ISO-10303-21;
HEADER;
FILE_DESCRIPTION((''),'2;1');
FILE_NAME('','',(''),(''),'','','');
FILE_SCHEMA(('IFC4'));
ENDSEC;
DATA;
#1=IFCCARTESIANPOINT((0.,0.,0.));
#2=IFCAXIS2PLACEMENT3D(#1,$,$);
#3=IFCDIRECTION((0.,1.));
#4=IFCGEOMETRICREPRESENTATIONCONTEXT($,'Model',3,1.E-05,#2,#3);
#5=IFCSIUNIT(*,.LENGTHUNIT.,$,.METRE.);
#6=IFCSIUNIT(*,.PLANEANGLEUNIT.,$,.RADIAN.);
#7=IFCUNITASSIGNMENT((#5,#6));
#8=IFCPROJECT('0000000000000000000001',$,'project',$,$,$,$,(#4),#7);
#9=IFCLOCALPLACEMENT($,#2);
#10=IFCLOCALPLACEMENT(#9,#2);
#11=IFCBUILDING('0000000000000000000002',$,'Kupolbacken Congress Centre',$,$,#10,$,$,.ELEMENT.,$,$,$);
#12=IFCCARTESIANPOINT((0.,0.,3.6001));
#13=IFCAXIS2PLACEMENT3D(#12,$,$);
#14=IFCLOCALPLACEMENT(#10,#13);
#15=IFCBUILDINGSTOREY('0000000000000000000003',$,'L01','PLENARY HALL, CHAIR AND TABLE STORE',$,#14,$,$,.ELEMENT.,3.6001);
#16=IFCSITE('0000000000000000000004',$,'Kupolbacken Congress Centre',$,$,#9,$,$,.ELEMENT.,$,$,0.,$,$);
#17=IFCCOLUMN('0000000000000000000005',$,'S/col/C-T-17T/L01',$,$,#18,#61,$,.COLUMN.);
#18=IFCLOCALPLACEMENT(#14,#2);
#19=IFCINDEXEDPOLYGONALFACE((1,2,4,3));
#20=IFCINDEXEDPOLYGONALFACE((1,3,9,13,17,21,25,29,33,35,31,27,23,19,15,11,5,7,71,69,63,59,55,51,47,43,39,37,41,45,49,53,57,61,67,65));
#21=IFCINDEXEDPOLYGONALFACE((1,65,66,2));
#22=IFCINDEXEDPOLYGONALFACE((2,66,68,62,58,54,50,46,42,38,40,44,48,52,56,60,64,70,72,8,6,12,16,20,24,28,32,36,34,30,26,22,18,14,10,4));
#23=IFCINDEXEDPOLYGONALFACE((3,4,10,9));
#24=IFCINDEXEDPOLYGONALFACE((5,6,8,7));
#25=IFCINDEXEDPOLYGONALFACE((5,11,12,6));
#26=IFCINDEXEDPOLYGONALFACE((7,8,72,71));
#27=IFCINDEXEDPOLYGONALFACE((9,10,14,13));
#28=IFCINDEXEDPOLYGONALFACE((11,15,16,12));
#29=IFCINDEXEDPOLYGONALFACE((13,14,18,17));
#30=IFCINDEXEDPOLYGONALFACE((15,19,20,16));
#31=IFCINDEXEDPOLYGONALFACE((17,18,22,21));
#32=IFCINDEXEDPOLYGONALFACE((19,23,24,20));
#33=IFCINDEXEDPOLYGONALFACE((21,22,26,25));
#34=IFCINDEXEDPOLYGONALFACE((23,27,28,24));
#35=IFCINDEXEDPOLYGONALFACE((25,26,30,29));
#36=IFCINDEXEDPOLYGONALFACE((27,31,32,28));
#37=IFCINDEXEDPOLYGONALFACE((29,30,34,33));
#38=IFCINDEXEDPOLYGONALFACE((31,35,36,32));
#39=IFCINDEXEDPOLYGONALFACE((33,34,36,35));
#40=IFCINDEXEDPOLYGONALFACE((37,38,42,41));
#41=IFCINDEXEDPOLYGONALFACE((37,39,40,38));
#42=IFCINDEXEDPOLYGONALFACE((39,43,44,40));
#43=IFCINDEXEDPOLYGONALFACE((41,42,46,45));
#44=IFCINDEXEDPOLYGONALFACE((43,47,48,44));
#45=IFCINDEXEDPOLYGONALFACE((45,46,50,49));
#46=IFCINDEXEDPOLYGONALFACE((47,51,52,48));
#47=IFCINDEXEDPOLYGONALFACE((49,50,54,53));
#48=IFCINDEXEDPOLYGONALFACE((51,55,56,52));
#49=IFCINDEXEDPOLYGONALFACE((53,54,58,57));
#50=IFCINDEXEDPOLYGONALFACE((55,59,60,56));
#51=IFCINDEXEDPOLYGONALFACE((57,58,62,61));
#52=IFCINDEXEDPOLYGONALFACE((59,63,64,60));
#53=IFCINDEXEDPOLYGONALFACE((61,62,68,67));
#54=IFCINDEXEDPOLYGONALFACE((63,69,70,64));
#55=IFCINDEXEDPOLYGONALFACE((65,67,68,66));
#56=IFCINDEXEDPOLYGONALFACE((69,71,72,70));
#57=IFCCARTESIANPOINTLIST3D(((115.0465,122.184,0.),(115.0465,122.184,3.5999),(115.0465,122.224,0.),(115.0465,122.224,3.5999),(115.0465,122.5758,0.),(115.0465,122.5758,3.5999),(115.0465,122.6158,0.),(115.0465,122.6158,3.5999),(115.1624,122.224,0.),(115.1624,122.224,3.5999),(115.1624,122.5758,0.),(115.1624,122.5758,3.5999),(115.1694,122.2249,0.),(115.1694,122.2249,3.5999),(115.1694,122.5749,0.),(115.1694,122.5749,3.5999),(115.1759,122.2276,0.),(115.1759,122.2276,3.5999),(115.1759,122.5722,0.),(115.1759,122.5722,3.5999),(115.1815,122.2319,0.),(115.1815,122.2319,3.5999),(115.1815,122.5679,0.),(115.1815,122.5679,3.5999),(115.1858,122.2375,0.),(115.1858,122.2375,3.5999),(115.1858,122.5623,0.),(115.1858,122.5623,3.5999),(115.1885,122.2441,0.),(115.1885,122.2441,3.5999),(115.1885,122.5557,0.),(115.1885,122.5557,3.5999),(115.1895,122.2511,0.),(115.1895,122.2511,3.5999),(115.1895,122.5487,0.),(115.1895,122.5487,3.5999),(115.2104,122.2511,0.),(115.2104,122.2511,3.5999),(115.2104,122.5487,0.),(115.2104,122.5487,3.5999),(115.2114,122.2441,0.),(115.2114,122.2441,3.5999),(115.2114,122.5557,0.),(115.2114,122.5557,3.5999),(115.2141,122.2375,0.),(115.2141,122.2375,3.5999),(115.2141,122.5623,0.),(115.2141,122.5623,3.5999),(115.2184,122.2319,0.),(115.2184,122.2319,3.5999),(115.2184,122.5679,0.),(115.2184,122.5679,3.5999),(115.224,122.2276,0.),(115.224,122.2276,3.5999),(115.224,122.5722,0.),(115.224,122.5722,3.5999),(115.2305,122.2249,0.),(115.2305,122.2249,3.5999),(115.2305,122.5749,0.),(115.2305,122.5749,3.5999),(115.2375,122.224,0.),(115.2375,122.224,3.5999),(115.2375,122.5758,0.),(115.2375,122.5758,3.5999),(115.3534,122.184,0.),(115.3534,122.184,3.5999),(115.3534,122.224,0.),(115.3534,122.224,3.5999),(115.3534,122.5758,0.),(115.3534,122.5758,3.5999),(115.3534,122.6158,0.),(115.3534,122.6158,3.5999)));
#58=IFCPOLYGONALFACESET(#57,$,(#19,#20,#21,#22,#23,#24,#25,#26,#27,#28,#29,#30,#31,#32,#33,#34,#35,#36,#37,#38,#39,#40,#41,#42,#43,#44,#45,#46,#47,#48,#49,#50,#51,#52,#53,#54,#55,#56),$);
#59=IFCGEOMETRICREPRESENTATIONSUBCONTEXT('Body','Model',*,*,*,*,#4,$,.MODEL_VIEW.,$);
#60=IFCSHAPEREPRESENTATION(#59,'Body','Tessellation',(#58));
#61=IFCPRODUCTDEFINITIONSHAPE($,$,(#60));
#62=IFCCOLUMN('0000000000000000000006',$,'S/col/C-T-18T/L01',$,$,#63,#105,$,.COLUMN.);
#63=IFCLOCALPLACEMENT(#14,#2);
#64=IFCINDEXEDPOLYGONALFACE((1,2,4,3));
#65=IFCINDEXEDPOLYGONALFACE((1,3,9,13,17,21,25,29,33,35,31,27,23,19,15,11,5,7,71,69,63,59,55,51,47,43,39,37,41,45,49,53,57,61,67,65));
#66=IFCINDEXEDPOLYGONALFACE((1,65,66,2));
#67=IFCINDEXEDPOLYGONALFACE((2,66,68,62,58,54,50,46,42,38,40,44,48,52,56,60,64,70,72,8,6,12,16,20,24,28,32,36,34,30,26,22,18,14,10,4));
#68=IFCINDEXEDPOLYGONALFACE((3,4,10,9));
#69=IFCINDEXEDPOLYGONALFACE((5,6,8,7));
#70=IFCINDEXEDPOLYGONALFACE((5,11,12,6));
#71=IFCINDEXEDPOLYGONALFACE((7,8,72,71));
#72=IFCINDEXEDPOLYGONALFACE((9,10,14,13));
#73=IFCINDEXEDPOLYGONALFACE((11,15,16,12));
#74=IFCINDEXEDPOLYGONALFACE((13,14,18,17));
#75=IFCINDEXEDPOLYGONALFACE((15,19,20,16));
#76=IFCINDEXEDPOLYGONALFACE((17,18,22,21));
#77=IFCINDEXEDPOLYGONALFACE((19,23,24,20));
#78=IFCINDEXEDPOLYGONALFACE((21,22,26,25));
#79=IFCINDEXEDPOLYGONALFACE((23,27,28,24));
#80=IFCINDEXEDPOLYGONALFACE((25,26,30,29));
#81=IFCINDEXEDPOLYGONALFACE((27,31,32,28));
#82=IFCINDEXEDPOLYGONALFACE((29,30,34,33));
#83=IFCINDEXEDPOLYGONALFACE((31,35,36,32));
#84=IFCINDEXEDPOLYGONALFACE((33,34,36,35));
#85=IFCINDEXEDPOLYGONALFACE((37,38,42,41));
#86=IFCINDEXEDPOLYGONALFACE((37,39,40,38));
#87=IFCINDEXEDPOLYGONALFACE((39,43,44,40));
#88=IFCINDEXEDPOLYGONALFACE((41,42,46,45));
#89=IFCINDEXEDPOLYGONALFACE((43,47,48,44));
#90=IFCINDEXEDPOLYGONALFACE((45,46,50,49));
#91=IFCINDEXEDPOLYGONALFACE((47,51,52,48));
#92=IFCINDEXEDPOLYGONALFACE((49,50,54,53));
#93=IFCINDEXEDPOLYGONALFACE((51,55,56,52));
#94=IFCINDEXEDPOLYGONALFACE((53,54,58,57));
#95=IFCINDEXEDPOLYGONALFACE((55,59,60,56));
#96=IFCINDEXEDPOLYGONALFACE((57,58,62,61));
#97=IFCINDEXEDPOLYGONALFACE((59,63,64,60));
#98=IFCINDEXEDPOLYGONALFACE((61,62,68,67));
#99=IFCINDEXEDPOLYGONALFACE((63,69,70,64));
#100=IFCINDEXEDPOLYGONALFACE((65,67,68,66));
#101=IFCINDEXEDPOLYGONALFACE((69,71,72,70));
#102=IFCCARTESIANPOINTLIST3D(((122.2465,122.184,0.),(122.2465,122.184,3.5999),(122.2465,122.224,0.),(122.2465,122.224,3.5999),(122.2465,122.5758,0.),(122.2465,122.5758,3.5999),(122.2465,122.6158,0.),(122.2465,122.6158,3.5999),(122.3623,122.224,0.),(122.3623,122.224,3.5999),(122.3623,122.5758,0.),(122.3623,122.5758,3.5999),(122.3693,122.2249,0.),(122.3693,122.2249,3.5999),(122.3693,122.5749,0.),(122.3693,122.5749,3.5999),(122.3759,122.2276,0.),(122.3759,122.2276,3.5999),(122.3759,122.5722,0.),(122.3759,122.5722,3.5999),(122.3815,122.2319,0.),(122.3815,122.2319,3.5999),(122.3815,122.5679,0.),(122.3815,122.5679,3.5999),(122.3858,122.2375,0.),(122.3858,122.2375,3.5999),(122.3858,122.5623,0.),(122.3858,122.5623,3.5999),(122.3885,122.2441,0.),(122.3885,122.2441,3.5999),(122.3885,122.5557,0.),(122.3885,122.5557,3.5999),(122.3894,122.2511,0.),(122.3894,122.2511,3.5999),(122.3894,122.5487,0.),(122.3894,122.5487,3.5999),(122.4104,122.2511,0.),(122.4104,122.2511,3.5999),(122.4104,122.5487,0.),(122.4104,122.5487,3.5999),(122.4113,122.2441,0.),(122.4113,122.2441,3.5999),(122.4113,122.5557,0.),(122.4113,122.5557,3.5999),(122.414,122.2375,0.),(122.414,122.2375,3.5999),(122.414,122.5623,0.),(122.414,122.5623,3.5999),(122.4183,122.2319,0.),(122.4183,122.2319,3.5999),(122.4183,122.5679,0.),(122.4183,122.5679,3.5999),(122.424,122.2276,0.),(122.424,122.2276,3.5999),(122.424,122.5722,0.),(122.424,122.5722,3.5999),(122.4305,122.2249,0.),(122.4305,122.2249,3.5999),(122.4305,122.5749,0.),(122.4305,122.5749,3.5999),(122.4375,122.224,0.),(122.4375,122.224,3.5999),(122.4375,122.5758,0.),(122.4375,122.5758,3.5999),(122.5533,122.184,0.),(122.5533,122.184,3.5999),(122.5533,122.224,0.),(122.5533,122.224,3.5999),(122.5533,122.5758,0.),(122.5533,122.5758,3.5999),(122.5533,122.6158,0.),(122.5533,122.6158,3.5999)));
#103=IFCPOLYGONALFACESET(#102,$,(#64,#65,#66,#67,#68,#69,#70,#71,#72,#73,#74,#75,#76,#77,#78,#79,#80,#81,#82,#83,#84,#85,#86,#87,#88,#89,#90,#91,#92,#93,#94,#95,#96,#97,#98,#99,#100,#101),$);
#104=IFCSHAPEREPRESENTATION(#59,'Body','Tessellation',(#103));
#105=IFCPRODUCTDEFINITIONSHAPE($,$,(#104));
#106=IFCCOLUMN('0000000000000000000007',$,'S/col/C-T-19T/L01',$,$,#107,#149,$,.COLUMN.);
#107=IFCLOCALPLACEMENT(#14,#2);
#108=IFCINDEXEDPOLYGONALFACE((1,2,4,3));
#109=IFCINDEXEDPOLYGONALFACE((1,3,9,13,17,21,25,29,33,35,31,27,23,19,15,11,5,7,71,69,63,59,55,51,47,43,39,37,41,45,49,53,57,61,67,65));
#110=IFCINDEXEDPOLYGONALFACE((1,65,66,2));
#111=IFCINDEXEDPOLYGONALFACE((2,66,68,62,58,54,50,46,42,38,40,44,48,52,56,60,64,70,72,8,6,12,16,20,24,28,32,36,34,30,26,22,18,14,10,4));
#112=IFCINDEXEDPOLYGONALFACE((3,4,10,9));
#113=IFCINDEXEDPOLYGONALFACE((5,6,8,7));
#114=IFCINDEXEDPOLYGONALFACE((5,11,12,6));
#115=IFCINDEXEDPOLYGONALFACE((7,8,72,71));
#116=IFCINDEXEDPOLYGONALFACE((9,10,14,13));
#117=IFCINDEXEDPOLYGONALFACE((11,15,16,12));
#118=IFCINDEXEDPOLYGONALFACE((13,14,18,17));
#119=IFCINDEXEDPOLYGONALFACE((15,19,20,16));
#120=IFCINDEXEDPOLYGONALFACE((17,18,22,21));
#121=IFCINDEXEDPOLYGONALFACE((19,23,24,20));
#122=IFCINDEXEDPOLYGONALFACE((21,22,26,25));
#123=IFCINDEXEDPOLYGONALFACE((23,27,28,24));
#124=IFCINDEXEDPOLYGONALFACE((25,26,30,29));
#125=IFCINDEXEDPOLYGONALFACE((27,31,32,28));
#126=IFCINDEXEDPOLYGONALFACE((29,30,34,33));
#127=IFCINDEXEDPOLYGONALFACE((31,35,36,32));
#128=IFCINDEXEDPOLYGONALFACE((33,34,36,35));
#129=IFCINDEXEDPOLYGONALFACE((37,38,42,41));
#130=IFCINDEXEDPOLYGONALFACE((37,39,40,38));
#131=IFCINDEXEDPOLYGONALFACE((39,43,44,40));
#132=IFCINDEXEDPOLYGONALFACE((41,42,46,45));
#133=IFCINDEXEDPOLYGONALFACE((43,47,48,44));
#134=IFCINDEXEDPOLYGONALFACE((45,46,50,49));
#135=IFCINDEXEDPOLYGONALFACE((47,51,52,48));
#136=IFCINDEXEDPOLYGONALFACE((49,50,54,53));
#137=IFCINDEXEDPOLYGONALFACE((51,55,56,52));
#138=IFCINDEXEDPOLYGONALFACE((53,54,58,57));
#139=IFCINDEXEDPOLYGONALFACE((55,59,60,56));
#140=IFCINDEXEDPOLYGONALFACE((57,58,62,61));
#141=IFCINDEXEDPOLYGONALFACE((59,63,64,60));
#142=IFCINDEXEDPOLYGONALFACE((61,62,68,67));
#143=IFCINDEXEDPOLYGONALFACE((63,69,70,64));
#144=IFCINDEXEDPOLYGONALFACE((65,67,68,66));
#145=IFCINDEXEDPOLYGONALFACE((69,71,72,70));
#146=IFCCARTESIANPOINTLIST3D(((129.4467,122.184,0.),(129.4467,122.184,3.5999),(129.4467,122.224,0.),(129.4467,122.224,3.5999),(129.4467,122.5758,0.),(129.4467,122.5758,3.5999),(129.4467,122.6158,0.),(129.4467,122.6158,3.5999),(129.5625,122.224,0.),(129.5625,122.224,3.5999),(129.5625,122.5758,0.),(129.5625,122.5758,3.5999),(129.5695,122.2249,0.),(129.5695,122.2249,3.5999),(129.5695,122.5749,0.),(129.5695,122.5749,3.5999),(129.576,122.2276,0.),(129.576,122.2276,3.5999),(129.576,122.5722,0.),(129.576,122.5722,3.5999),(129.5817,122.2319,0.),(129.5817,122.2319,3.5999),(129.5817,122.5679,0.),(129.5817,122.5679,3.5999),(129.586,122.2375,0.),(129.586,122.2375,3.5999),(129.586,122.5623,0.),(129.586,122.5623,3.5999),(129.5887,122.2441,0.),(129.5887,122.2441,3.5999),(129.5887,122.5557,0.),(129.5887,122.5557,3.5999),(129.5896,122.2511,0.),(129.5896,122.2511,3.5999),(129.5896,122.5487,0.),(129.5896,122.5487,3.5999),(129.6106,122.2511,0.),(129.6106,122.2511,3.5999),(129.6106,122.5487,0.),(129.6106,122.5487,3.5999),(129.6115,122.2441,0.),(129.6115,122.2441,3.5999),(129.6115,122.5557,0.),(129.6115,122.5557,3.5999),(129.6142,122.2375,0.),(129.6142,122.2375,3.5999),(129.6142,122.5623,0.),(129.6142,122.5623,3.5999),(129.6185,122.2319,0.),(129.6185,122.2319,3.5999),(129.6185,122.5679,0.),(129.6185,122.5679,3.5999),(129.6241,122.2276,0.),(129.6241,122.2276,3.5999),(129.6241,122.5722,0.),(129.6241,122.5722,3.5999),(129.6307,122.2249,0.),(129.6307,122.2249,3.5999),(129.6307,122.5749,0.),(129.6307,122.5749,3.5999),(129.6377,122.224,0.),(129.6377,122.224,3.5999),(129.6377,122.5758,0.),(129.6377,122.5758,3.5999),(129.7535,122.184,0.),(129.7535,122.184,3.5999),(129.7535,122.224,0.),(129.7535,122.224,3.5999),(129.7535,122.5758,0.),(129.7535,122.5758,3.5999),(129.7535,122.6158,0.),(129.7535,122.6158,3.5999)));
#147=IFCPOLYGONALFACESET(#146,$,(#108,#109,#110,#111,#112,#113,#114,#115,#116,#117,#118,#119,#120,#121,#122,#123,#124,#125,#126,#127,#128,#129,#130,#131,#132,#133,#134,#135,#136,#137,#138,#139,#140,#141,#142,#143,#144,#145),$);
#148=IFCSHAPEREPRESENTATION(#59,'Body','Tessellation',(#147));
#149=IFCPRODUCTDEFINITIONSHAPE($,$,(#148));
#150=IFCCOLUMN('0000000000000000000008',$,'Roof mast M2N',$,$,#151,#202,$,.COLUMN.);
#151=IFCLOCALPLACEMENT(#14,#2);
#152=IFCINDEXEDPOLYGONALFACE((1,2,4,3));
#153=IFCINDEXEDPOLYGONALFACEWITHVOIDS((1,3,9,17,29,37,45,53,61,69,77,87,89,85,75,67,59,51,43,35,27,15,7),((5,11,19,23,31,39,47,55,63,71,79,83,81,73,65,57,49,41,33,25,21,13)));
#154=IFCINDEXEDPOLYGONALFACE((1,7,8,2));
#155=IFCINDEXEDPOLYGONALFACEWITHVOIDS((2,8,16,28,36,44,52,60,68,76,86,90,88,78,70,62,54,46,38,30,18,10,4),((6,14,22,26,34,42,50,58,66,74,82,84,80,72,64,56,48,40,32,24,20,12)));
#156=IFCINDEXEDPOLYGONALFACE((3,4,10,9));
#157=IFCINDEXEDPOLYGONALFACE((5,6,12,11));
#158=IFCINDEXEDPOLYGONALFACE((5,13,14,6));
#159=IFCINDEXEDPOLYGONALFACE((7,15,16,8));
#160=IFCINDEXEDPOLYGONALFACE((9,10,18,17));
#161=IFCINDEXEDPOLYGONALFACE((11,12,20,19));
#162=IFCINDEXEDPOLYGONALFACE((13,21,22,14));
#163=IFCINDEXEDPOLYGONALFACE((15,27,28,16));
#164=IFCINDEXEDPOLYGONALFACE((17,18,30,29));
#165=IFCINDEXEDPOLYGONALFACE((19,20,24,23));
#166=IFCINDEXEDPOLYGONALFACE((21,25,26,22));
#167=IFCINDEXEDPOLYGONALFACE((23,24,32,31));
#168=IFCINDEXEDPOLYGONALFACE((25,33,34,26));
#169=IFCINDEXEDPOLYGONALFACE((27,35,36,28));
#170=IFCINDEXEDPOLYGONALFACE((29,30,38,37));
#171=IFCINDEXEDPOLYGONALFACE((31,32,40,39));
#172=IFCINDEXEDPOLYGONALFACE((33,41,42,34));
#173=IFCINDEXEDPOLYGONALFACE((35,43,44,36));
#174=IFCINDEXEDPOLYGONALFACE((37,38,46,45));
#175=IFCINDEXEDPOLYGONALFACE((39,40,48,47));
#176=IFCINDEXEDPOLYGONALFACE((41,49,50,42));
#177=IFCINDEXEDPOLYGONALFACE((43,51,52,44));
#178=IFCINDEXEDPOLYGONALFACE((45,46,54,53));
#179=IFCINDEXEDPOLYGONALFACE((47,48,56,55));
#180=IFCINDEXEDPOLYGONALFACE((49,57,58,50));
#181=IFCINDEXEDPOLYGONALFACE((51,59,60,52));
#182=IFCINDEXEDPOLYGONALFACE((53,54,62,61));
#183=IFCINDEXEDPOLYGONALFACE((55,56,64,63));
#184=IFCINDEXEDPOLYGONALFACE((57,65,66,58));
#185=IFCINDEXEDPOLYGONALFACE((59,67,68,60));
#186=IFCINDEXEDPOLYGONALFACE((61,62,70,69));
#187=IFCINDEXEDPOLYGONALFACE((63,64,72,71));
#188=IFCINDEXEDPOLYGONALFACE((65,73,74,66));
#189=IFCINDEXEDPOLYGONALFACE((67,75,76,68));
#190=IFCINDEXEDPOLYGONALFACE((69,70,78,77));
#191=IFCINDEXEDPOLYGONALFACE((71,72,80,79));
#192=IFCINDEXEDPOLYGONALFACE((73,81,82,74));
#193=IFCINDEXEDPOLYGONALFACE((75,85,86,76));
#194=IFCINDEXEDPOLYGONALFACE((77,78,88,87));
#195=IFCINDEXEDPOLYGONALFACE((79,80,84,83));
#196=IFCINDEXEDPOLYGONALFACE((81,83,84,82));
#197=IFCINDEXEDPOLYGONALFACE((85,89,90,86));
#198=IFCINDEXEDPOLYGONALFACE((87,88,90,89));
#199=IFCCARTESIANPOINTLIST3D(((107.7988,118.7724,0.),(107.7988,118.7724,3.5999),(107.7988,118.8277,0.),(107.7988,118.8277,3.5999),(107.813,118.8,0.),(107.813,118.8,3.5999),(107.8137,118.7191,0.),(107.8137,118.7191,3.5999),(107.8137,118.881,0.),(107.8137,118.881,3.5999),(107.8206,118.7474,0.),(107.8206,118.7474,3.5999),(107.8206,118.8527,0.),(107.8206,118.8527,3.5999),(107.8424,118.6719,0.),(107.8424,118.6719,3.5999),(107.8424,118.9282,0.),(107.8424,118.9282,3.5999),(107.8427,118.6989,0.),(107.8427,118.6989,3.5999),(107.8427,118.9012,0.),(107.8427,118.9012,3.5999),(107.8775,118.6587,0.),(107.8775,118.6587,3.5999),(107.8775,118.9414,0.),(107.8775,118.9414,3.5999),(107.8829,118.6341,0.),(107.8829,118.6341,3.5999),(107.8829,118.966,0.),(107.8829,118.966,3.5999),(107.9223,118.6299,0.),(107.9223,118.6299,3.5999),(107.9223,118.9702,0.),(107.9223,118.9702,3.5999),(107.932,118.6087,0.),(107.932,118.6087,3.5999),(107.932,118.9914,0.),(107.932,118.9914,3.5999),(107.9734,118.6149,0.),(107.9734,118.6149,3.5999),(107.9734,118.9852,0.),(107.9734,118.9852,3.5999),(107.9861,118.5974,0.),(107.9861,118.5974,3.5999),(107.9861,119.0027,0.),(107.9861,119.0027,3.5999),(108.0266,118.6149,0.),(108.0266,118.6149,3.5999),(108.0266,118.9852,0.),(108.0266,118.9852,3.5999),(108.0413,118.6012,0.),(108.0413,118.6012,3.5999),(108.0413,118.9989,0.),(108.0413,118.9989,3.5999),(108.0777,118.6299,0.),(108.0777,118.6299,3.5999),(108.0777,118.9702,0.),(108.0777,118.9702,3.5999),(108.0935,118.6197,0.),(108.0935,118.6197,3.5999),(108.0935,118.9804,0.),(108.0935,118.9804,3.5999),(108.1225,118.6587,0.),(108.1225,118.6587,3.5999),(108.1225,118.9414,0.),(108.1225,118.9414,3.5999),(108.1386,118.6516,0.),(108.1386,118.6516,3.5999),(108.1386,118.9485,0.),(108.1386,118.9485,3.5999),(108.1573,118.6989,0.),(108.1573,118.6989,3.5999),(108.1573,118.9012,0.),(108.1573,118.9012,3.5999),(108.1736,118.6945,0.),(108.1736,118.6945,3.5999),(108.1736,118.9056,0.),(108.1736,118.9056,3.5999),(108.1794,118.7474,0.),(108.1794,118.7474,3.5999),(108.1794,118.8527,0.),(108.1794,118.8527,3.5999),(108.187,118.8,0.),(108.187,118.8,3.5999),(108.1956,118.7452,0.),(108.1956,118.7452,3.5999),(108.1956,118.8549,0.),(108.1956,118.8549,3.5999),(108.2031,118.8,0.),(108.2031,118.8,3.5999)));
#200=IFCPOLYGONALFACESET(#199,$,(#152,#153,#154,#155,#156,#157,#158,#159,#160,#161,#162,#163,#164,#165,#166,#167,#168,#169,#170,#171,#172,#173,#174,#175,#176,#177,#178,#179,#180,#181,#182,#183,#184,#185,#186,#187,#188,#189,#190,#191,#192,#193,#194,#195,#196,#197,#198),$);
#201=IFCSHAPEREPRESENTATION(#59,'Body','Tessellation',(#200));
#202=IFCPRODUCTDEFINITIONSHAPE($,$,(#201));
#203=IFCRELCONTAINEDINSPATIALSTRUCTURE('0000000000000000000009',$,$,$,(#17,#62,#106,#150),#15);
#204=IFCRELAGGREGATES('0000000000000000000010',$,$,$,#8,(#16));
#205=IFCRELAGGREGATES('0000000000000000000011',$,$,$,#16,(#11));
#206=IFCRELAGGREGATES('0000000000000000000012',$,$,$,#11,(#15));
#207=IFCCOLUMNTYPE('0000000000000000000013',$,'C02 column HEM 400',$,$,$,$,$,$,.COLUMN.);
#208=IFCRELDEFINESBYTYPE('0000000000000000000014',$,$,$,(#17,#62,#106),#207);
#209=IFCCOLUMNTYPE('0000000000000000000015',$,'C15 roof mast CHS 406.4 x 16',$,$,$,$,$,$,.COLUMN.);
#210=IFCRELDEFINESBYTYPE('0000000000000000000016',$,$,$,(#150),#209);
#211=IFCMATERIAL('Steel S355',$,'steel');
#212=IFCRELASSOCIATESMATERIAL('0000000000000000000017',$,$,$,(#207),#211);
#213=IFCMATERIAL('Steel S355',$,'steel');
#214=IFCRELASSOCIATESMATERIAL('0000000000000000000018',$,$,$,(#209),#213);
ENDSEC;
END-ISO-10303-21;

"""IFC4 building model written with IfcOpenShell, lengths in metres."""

from ifc_helpers import new_model, si_unit, direction, frame, origin, origin_2d, place, context, subcontext, project, spatial, hollow_circle, i_section, extrude, material, material_profile, profile_set, type_object, element, save


model = new_model("IFC4")

# Units and contexts
model_context = context("Model", 3, precision=1e-05, world=origin(), true_north=direction((0.0, 1.0)))
body_context = subcontext(model_context, "Body", "Model", "MODEL_VIEW")
ifc_project = project(units=[si_unit("LENGTHUNIT", "METRE"), si_unit("PLANEANGLEUNIT", "RADIAN")], contexts=[model_context])

# Site, building, storey
site_placement = place(None, origin())
site = spatial("IfcSite", under=ifc_project, at=site_placement, Name="Kupolbacken Congress Centre", CompositionType="ELEMENT", RefElevation=0.0)
building_placement = place(site_placement, origin())
building = spatial("IfcBuilding", under=site, at=building_placement, Name="Kupolbacken Congress Centre", CompositionType="ELEMENT")
storey_placement = place(building_placement, frame((0.0, 0.0, 3.6001)))
storey = spatial("IfcBuildingStorey", under=building, at=storey_placement, Name="L01", Description="PLENARY HALL, CHAIR AND TABLE STORE", CompositionType="ELEMENT", Elevation=3.6001)

# Columns
ifc_material_1 = material(Name="Steel S355", Category="steel")
ifc_material_profile_1 = material_profile(ifc_material_1, i_section(OverallWidth=0.3069, OverallDepth=0.4319, WebThickness=0.021, FlangeThickness=0.04, FilletRadius=0.0271, at=origin_2d()), Name="HEM 400")
ifc_profile_set_1 = profile_set([ifc_material_profile_1], Name="Steel S355")
column_type_1 = type_object("IfcColumnType", Name="C02 column HEM 400", PredefinedType="COLUMN", material=ifc_profile_set_1)
for number, where, z_axis, x_axis, name in (
    (1, (115.2, 122.3999, 0.0), (0.0, 0.0, 1.0), (1.0, 0.0, 0.0), "S/col/C-T-17T/L01"),
    (2, (122.3999, 122.3999, 0.0), (0.0, 0.0, 1.0), (1.0, 0.0, 0.0), "S/col/C-T-18T/L01"),
    (3, (129.6001, 122.3999, 0.0), (0.0, 0.0, 1.0), (1.0, 0.0, 0.0), "S/col/C-T-19T/L01"),
):
    element("IfcColumn", number, at=place(storey_placement, frame(where, z_axis=z_axis, x_axis=x_axis)), inside=storey, type_object=column_type_1, Name=name, PredefinedType="COLUMN", context=body_context, shape_type="SweptSolid", body=[
        extrude(i_section(OverallWidth=0.3069, OverallDepth=0.4319, WebThickness=0.021, FlangeThickness=0.04, FilletRadius=0.0271, at=origin_2d()), origin(), (0.0, 0.0, 1.0), 3.5999),
    ])
ifc_material_2 = material(Name="Steel S355", Category="steel")
ifc_material_profile_2 = material_profile(ifc_material_2, hollow_circle(Radius=0.2031, WallThickness=0.0161, at=origin_2d()), Name="CHS 406.4 x 16")
ifc_profile_set_2 = profile_set([ifc_material_profile_2], Name="Steel S355")
column_type_2 = type_object("IfcColumnType", Name="C15 roof mast CHS 406.4 x 16", PredefinedType="COLUMN", material=ifc_profile_set_2)
for number, where, z_axis, x_axis, name in (
    (4, (108.0, 118.8, 0.0), (0.0, 0.0, 1.0), (1.0, 0.0, 0.0), "Roof mast M2N"),
):
    element("IfcColumn", number, at=place(storey_placement, frame(where, z_axis=z_axis, x_axis=x_axis)), inside=storey, type_object=column_type_2, Name=name, PredefinedType="COLUMN", context=body_context, shape_type="SweptSolid", body=[
        extrude(hollow_circle(Radius=0.2031, WallThickness=0.0161, at=origin_2d()), origin(), (0.0, 0.0, 1.0), 3.5999),
    ])

save(model, "model.ifc")
